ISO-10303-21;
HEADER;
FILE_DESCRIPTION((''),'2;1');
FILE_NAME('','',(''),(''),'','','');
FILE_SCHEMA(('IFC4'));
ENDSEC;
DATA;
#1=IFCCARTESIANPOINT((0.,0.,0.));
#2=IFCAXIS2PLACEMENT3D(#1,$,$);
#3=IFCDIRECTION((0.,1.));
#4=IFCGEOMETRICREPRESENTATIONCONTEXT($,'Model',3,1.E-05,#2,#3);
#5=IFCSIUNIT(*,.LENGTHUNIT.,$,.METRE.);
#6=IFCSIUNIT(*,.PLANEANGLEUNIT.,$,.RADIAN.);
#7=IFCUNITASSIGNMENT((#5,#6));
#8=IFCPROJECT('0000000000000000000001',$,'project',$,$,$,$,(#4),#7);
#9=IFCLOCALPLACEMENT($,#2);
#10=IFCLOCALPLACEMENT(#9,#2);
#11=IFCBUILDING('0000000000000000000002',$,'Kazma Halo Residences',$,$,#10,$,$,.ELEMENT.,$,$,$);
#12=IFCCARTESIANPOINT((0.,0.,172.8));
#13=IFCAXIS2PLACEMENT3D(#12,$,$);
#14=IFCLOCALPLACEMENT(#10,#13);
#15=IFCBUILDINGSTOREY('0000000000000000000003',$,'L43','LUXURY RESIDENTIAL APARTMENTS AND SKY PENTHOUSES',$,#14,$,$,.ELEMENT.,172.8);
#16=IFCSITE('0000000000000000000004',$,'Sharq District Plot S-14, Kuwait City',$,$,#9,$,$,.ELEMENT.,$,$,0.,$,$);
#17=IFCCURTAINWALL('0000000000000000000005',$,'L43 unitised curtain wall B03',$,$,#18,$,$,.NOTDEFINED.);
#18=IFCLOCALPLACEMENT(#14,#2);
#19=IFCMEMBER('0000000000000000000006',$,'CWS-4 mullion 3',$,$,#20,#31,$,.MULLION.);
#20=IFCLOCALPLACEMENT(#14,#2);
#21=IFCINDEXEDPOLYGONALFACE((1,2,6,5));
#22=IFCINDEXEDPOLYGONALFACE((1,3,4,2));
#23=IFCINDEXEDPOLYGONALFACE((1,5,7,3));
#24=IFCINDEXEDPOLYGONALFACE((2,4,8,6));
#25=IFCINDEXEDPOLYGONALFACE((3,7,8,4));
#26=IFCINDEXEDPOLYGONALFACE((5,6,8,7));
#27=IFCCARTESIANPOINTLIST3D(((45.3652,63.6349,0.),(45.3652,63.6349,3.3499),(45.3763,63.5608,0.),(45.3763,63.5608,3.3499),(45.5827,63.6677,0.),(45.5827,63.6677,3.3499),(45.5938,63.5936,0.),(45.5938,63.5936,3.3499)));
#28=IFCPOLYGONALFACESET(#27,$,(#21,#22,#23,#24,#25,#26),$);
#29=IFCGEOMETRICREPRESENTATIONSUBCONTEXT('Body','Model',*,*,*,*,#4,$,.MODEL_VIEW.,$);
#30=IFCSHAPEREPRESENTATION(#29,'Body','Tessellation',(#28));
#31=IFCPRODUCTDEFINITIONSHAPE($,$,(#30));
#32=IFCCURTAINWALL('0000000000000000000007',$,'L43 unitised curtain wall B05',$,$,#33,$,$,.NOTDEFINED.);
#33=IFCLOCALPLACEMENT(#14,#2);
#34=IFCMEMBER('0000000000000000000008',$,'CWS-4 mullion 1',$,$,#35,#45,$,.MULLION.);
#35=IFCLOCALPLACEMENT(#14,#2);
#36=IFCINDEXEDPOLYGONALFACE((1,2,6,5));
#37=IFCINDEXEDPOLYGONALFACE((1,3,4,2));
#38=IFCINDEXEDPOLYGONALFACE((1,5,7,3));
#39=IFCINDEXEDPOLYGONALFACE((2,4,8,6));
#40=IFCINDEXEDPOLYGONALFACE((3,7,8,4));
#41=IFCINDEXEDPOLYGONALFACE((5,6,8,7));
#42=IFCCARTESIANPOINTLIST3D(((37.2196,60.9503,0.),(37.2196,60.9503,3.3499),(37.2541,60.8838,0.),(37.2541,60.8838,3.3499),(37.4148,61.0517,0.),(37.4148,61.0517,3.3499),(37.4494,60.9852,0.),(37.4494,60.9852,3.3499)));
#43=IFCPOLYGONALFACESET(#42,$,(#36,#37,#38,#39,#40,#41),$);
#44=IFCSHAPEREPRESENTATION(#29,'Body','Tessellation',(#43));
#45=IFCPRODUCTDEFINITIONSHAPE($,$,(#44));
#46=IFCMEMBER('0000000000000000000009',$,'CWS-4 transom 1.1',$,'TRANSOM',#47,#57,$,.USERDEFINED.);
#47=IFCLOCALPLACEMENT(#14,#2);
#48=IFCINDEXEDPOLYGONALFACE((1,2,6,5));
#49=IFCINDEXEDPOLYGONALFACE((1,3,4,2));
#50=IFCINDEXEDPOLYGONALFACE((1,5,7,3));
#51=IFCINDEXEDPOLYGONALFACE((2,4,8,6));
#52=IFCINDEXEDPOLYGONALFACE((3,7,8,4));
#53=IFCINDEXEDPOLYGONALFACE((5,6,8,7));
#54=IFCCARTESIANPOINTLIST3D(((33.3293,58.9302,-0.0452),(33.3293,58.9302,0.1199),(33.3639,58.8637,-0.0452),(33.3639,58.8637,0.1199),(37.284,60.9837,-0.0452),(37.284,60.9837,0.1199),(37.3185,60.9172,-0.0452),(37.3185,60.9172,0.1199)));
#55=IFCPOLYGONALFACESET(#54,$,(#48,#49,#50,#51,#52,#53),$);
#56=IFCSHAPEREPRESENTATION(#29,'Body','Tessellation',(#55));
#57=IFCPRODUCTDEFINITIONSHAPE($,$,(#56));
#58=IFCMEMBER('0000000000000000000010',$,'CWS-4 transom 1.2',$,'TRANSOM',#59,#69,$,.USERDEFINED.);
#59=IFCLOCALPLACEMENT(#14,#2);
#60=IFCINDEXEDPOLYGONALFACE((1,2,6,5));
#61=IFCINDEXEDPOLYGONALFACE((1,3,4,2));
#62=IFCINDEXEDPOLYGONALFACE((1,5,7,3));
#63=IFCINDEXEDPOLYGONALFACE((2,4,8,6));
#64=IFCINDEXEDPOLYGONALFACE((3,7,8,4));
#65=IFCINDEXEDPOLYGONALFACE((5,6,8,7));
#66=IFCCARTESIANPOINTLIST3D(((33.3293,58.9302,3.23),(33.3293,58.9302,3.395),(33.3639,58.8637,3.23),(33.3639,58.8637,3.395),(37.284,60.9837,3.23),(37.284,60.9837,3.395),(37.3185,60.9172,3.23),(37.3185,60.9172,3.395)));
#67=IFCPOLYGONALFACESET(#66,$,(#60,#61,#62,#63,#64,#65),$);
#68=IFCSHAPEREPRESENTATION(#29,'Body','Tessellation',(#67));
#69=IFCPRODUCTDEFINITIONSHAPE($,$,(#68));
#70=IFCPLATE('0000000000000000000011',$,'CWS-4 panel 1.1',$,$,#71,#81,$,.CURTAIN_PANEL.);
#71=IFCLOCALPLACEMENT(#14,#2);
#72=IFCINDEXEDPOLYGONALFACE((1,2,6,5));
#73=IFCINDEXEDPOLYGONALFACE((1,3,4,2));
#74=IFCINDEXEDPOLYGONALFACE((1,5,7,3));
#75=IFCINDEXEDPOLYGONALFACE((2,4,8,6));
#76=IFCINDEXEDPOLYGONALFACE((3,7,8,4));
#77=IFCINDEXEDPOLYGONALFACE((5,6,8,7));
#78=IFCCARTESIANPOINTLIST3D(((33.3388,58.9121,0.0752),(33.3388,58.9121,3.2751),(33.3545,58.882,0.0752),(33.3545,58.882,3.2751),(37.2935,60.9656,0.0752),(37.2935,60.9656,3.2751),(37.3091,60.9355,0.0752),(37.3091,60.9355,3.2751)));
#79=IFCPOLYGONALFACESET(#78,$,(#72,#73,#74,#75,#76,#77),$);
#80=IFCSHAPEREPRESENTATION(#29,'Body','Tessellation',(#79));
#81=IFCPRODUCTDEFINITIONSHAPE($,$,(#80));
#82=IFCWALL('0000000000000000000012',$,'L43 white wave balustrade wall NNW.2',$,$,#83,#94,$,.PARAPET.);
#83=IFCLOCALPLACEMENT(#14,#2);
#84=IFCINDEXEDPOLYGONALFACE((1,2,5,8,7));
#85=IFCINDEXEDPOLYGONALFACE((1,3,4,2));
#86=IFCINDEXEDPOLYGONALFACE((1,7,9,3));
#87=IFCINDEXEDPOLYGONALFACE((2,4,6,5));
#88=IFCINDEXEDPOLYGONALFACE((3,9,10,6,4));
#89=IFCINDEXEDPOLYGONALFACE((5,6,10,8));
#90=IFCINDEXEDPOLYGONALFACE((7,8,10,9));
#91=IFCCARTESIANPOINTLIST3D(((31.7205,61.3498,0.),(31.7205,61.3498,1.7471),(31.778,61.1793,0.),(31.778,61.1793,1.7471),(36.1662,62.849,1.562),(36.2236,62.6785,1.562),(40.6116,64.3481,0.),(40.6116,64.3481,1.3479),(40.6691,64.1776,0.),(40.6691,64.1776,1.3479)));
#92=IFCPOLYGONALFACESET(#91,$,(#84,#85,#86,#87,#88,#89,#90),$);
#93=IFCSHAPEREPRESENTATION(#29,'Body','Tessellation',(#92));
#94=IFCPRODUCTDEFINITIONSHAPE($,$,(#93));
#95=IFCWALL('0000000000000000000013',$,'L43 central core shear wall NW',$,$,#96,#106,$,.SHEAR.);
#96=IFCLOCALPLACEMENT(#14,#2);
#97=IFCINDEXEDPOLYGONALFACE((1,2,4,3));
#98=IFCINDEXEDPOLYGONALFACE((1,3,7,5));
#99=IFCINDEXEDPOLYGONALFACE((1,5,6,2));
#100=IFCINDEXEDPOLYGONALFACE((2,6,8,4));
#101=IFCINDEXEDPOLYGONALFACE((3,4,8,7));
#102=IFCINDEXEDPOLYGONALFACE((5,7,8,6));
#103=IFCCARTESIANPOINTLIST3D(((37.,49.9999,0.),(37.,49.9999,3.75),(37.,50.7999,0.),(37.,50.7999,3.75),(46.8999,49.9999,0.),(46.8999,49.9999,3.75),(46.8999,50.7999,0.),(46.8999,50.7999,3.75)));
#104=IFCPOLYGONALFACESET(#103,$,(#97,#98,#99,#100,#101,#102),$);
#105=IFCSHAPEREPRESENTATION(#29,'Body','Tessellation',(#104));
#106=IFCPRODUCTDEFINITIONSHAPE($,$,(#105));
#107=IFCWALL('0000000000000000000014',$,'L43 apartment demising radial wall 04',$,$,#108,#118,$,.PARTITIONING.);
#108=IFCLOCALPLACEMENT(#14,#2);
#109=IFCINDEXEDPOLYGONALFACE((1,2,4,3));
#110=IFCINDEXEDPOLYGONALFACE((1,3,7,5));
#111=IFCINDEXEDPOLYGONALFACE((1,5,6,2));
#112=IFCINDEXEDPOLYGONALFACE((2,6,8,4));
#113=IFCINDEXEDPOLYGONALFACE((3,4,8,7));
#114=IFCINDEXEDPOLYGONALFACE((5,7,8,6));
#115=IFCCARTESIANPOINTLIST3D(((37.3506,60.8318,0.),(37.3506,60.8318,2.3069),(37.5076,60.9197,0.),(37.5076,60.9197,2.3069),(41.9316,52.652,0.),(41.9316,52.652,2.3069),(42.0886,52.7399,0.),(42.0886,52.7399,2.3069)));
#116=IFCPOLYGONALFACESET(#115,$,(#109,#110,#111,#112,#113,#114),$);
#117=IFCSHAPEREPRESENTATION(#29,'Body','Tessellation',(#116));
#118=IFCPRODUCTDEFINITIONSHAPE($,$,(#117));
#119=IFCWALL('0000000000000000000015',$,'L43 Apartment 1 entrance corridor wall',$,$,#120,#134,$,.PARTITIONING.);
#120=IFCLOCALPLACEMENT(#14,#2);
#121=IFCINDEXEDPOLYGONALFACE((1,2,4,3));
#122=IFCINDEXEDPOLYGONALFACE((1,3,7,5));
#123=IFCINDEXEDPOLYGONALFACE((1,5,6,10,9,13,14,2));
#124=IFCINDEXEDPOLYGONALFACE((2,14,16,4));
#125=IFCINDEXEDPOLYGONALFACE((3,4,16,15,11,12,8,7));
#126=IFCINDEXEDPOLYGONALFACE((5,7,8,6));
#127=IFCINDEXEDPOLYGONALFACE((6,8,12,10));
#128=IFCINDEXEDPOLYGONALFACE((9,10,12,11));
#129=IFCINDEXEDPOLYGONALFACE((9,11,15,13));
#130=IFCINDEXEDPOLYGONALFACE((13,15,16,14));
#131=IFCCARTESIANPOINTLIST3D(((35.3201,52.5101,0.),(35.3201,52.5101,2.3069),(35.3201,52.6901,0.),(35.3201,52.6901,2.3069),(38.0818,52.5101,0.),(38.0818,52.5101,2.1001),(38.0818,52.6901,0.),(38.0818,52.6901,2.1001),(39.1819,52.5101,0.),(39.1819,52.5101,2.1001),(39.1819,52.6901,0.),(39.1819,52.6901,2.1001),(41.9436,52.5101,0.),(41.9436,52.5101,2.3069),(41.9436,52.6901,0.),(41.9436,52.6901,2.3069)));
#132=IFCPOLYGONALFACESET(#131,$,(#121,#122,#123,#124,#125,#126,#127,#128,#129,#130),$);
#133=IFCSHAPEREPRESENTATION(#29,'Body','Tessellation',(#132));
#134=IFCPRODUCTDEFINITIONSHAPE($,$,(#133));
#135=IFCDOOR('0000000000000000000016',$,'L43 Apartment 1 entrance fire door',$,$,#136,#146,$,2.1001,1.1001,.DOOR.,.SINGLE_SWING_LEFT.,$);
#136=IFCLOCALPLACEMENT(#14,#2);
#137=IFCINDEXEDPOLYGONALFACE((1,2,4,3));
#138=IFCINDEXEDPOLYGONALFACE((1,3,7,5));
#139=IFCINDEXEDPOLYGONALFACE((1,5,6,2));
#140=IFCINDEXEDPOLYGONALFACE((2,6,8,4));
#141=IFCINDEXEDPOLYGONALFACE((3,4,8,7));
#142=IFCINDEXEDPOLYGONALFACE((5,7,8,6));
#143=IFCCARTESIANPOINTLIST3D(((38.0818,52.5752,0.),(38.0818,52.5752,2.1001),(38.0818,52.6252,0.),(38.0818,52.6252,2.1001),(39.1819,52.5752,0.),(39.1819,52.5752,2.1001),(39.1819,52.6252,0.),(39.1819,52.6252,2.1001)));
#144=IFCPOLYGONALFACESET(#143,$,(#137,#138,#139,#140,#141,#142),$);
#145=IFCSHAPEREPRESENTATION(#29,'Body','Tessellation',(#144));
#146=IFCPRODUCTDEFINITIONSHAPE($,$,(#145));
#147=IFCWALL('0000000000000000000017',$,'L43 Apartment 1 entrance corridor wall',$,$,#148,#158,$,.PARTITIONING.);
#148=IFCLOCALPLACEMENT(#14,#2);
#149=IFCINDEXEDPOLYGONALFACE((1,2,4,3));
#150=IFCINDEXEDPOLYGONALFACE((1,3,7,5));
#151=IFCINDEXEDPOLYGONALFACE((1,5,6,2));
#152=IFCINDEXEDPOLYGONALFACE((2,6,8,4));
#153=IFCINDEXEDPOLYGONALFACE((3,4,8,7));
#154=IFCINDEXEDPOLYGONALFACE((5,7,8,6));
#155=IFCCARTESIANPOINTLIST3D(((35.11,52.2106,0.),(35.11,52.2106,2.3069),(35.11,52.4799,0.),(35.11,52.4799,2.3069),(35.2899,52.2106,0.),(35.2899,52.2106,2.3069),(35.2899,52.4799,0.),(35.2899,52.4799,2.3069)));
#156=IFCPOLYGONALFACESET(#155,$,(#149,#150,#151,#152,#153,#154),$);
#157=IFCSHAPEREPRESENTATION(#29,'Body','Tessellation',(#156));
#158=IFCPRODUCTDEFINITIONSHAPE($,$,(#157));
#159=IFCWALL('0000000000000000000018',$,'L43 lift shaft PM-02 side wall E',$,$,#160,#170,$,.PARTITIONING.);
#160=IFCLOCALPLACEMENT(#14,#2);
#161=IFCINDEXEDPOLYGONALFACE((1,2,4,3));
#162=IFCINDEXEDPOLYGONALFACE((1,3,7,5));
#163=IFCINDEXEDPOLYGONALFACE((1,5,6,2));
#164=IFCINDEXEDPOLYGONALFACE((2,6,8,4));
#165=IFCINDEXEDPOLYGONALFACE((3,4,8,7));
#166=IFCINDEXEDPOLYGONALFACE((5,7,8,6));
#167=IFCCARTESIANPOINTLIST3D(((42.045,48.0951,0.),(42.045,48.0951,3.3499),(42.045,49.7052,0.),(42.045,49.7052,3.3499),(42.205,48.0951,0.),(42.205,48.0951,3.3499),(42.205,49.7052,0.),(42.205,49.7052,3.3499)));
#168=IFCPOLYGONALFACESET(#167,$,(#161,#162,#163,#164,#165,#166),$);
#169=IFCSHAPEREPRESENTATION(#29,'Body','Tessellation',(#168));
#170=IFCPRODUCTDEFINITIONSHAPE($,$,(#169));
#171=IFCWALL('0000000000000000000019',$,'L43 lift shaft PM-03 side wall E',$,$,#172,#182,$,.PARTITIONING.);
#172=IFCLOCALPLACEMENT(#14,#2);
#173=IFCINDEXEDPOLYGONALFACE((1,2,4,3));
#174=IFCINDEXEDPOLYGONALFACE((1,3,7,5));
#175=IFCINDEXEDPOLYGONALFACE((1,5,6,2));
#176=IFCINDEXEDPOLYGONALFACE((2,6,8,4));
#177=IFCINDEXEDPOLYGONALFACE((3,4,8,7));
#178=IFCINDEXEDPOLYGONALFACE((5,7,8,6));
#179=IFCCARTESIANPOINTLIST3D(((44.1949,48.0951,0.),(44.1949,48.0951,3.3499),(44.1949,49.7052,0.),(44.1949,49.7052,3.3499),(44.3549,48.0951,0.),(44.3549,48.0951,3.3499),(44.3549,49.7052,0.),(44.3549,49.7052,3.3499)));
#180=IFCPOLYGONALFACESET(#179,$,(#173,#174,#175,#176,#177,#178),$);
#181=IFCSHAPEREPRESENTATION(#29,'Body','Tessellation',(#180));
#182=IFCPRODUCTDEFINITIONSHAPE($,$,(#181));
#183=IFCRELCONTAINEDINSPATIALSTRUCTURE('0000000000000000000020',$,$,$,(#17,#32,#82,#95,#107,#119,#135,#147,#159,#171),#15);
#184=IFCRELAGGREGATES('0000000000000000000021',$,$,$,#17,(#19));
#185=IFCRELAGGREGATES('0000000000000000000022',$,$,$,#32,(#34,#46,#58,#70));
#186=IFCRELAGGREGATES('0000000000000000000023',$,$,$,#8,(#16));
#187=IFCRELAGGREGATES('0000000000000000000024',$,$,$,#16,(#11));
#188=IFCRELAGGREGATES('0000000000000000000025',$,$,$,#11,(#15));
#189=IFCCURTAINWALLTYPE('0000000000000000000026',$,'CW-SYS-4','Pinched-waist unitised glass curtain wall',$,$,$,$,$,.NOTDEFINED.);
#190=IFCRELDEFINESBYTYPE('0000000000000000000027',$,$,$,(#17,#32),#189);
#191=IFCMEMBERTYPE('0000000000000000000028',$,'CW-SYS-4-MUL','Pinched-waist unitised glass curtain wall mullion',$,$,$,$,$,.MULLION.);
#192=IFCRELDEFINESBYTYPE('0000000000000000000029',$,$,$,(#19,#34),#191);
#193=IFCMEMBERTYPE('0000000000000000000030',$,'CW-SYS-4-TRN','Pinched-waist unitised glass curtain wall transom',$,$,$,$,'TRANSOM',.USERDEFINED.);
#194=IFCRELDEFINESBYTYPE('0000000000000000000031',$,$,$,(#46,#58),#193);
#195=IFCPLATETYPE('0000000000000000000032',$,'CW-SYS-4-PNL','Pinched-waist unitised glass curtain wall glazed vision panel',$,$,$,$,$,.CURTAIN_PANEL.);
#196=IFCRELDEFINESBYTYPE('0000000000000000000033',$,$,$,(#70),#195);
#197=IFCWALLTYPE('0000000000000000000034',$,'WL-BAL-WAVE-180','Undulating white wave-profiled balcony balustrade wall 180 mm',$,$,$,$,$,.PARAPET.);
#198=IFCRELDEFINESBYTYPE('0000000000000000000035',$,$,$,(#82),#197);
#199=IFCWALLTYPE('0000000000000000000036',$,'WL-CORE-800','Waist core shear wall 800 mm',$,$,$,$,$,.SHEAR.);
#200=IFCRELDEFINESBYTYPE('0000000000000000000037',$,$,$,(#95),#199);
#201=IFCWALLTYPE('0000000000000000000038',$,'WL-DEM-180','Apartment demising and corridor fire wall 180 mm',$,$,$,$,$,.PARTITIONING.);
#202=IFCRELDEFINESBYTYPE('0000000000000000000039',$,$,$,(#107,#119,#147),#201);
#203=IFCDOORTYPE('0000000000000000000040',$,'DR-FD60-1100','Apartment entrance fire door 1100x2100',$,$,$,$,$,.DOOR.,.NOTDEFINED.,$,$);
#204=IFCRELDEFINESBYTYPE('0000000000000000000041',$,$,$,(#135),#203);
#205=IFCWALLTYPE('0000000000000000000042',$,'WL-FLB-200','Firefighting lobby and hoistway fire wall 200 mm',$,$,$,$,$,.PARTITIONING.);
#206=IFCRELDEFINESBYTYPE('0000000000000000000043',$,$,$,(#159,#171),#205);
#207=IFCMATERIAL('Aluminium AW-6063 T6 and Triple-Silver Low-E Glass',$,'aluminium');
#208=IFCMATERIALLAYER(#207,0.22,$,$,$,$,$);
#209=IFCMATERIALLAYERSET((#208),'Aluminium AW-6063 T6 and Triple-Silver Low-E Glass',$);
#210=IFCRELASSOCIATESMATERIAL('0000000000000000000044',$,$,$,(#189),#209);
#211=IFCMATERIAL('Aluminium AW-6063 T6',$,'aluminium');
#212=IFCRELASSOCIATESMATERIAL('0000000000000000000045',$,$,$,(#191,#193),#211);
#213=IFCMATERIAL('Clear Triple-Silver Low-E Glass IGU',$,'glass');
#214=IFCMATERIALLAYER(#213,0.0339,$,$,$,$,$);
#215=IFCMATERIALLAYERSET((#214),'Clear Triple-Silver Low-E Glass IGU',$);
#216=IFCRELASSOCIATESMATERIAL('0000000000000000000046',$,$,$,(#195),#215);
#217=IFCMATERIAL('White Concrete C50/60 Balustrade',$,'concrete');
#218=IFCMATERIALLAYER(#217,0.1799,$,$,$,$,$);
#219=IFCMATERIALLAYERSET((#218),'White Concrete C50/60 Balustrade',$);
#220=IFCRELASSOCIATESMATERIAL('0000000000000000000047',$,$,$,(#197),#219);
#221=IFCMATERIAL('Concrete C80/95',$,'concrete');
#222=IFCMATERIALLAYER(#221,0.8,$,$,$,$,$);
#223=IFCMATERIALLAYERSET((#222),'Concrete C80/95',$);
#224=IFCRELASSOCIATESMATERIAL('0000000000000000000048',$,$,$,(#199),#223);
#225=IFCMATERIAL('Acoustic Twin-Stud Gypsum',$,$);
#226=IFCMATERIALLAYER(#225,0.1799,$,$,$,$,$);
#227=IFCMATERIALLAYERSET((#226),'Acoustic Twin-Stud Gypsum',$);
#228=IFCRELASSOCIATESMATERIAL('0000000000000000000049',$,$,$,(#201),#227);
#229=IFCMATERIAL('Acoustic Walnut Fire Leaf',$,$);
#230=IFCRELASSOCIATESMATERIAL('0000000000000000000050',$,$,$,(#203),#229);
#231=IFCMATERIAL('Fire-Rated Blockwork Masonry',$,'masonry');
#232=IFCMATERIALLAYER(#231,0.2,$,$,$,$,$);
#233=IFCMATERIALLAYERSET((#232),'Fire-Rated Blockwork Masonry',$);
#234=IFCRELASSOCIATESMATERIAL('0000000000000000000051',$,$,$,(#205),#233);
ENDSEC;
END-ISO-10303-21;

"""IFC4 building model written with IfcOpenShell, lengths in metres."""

from ifc_helpers import new_model, si_unit, direction, frame, frame_2d, origin, origin_2d, place, context, subcontext, project, spatial, polyline, rectangle, outline, extrude, material, layer, layer_set, material_profile, profile_set, type_object, element, fill, aggregate, save


model = new_model("IFC4")

# Units and contexts
model_context = context("Model", 3, precision=1e-05, world=origin(), true_north=direction((0.0, 1.0)))
body_context = subcontext(model_context, "Body", "Model", "MODEL_VIEW")
ifc_project = project(units=[si_unit("LENGTHUNIT", "METRE"), si_unit("PLANEANGLEUNIT", "RADIAN")], contexts=[model_context])

# Site, building, storey
site_placement = place(None, origin())
site = spatial("IfcSite", under=ifc_project, at=site_placement, Name="Sharq District Plot S-14, Kuwait City", CompositionType="ELEMENT", RefElevation=0.0)
building_placement = place(site_placement, origin())
building = spatial("IfcBuilding", under=site, at=building_placement, Name="Kazma Halo Residences", CompositionType="ELEMENT")
storey_placement = place(building_placement, frame((0.0, 0.0, 172.8)))
storey = spatial("IfcBuildingStorey", under=building, at=storey_placement, Name="L43", Description="LUXURY RESIDENTIAL APARTMENTS AND SKY PENTHOUSES", CompositionType="ELEMENT", Elevation=172.8)

# Shared definitions
ifc_material_1 = material(Name="Concrete C80/95", Category="concrete")

# Curtain wall, member
ifc_material_2 = material(Name="Aluminium AW-6063 T6 and Triple-Silver Low-E Glass", Category="aluminium")
ifc_layer_1 = layer(ifc_material_2, 0.22)
ifc_layer_set_1 = layer_set([ifc_layer_1], Name="Aluminium AW-6063 T6 and Triple-Silver Low-E Glass")
curtain_wall_type = type_object("IfcCurtainWallType", Name="CW-SYS-4", Description="Pinched-waist unitised glass curtain wall", PredefinedType="NOTDEFINED", material=ifc_layer_set_1)
curtain_wall_1_placement = place(storey_placement, origin())
curtain_wall_1 = element("IfcCurtainWall", 1, at=curtain_wall_1_placement, inside=storey, type_object=curtain_wall_type, Name="L43 unitised curtain wall B03", PredefinedType="NOTDEFINED")
ifc_material_3 = material(Name="Aluminium AW-6063 T6", Category="aluminium")
ifc_material_profile_1 = material_profile(ifc_material_3, rectangle(XDim=0.075, YDim=0.22, at=origin_2d()), Name="CWM-75x220")
ifc_profile_set_1 = profile_set([ifc_material_profile_1], Name="Aluminium AW-6063 T6")
member_type_1 = type_object("IfcMemberType", Name="CW-SYS-4-MUL", Description="Pinched-waist unitised glass curtain wall mullion", PredefinedType="MULLION", material=ifc_profile_set_1)
member_1_placement = place(storey_placement, frame((45.4795, 63.6143, 0.0), z_axis=(0.0, 0.0, 1.0), x_axis=(0.148821, -0.988864, 0.0)))
member_1 = element("IfcMember", 2, at=member_1_placement, type_object=member_type_1, Name="CWS-4 mullion 3", PredefinedType="MULLION", context=body_context, shape_type="SweptSolid", body=[
    extrude(rectangle(XDim=0.075, YDim=0.22, at=origin_2d()), origin(), (0.0, 0.0, 1.0), 3.3499),
])
aggregate(curtain_wall_1, [member_1])

# Curtain wall, members, plate
curtain_wall_2_placement = place(storey_placement, origin())
curtain_wall_2 = element("IfcCurtainWall", 3, at=curtain_wall_2_placement, inside=storey, type_object=curtain_wall_type, Name="L43 unitised curtain wall B05", PredefinedType="NOTDEFINED")
member_2_placement = place(storey_placement, frame((37.3345, 60.9678, 0.0), z_axis=(0.0, 0.0, 1.0), x_axis=(0.460837, -0.887485, 0.0)))
member_2 = element("IfcMember", 4, at=member_2_placement, type_object=member_type_1, Name="CWS-4 mullion 1", PredefinedType="MULLION", context=body_context, shape_type="SweptSolid", body=[
    extrude(rectangle(XDim=0.075, YDim=0.22, at=origin_2d()), origin(), (0.0, 0.0, 1.0), 3.3499),
])
ifc_material_profile_2 = material_profile(ifc_material_3, rectangle(XDim=0.075, YDim=0.165, at=origin_2d()), Name="CWT-75x165")
ifc_profile_set_2 = profile_set([ifc_material_profile_2], Name="Aluminium AW-6063 T6")
member_type_2 = type_object("IfcMemberType", Name="CW-SYS-4-TRN", Description="Pinched-waist unitised glass curtain wall transom", ElementType="TRANSOM", PredefinedType="USERDEFINED", material=ifc_profile_set_2)
member_3_placement = place(storey_placement, frame((37.3013, 60.9504, 0.0374), z_axis=(-0.887485, -0.460837, 0.0), x_axis=(0.460837, -0.887485, 0.0)))
member_3 = element("IfcMember", 5, at=member_3_placement, type_object=member_type_2, Name="CWS-4 transom 1.1", ObjectType="TRANSOM", PredefinedType="USERDEFINED", context=body_context, shape_type="SweptSolid", body=[
    extrude(rectangle(XDim=0.075, YDim=0.165, at=origin_2d()), origin(), (0.0, 0.0, 1.0), 4.4561),
])
member_4_placement = place(storey_placement, frame((37.3013, 60.9504, 3.3125), z_axis=(-0.887485, -0.460837, 0.0), x_axis=(0.460837, -0.887485, 0.0)))
member_4 = element("IfcMember", 6, at=member_4_placement, type_object=member_type_2, Name="CWS-4 transom 1.2", ObjectType="TRANSOM", PredefinedType="USERDEFINED", context=body_context, shape_type="SweptSolid", body=[
    extrude(rectangle(XDim=0.075, YDim=0.165, at=origin_2d()), origin(), (0.0, 0.0, 1.0), 4.4561),
])
ifc_material_4 = material(Name="Clear Triple-Silver Low-E Glass IGU", Category="glass")
ifc_layer_2 = layer(ifc_material_4, 0.0339)
ifc_layer_set_2 = layer_set([ifc_layer_2], Name="Clear Triple-Silver Low-E Glass IGU")
plate_type = type_object("IfcPlateType", Name="CW-SYS-4-PNL", Description="Pinched-waist unitised glass curtain wall glazed vision panel", PredefinedType="CURTAIN_PANEL", material=ifc_layer_set_2)
plate_placement = place(storey_placement, frame((35.324, 59.9238, 0.0752), z_axis=(0.0, 0.0, 1.0), x_axis=(-0.887485, -0.460837, 0.0)))
plate = element("IfcPlate", 7, at=plate_placement, type_object=plate_type, Name="CWS-4 panel 1.1", PredefinedType="CURTAIN_PANEL", context=body_context, shape_type="SweptSolid", body=[
    extrude(rectangle(XDim=4.4561, YDim=0.0339, at=origin_2d()), origin(), (0.0, 0.0, 1.0), 3.2),
])
aggregate(curtain_wall_2, [member_2, member_3, member_4, plate])

# Walls
ifc_material_5 = material(Name="White Concrete C50/60 Balustrade", Category="concrete")
ifc_layer_3 = layer(ifc_material_5, 0.1799)
ifc_layer_set_3 = layer_set([ifc_layer_3], Name="White Concrete C50/60 Balustrade")
wall_type_1 = type_object("IfcWallType", Name="WL-BAL-WAVE-180", Description="Undulating white wave-profiled balcony balustrade wall 180 mm", PredefinedType="PARAPET", material=ifc_layer_set_3)
wall_1_placement = place(storey_placement, frame((40.6404, 64.2627, 0.0), z_axis=(0.0, 0.0, 1.0), x_axis=(-0.947572, -0.319543, 0.0)))
element("IfcWall", 8, at=wall_1_placement, inside=storey, type_object=wall_type_1, Name="L43 white wave balustrade wall NNW.2", PredefinedType="PARAPET", context=body_context, shape_type="SweptSolid", body=[
    extrude(outline(polyline([(0.0, 0.0), (9.3831, 0.0), (9.3831, 1.7471), (4.6914, 1.562), (0.0, 1.3479), (0.0, 0.0)])), frame((0.0, 0.0898, 0.0), z_axis=(0.0, -1.0, 0.0), x_axis=(1.0, 0.0, 0.0)), (0.0, 0.0, 1.0), 0.1799),
])
ifc_layer_4 = layer(ifc_material_1, 0.8)
ifc_layer_set_4 = layer_set([ifc_layer_4], Name="Concrete C80/95")
wall_type_2 = type_object("IfcWallType", Name="WL-CORE-800", Description="Waist core shear wall 800 mm", PredefinedType="SHEAR", material=ifc_layer_set_4)
wall_2_placement = place(storey_placement, frame((37.0, 50.3999, 0.0), z_axis=(0.0, 0.0, 1.0), x_axis=(1.0, 0.0, 0.0)))
element("IfcWall", 9, at=wall_2_placement, inside=storey, type_object=wall_type_2, Name="L43 central core shear wall NW", PredefinedType="SHEAR", context=body_context, shape_type="SweptSolid", body=[
    extrude(rectangle(XDim=9.8999, YDim=0.8, at=frame_2d((4.95, 0.0))), origin(), (0.0, 0.0, 1.0), 3.75),
])
ifc_material_6 = material(Name="Acoustic Twin-Stud Gypsum")
ifc_layer_5 = layer(ifc_material_6, 0.1799)
ifc_layer_set_5 = layer_set([ifc_layer_5], Name="Acoustic Twin-Stud Gypsum")
wall_type_3 = type_object("IfcWallType", Name="WL-DEM-180", Description="Apartment demising and corridor fire wall 180 mm", PredefinedType="PARTITIONING", material=ifc_layer_set_5)
wall_3_placement = place(storey_placement, frame((42.01, 52.696, 0.0), z_axis=(0.0, 0.0, 1.0), x_axis=(-0.488627, 0.872493, 0.0)))
element("IfcWall", 10, at=wall_3_placement, inside=storey, type_object=wall_type_3, Name="L43 apartment demising radial wall 04", PredefinedType="PARTITIONING", context=body_context, shape_type="SweptSolid", body=[
    extrude(rectangle(XDim=9.3752, YDim=0.1799, at=frame_2d((4.6875, 0.0))), origin(), (0.0, 0.0, 1.0), 2.3069),
])

# Wall, opening, door
wall_4_placement = place(storey_placement, frame((41.9436, 52.6001, 0.0), z_axis=(0.0, 0.0, 1.0), x_axis=(-1.0, 0.0, 0.0)))
wall_4 = element("IfcWall", 11, at=wall_4_placement, inside=storey, type_object=wall_type_3, Name="L43 Apartment 1 entrance corridor wall", PredefinedType="PARTITIONING", context=body_context, shape_type="SweptSolid", body=[
    extrude(rectangle(XDim=6.6235, YDim=0.1799, at=frame_2d((3.3118, 0.0))), origin(), (0.0, 0.0, 1.0), 2.3069),
])
opening_1_placement = place(wall_4_placement, frame((2.7617, 0.0, 0.0)))
opening_1 = element("IfcOpeningElement", 12, at=opening_1_placement, cuts=wall_4, PredefinedType="OPENING", context=body_context, shape_type="SweptSolid", body=[
    extrude(rectangle(XDim=1.1001, YDim=2.1001, at=frame_2d((0.55, 1.05))), frame((0.0, 0.0999, 0.0), z_axis=(0.0, -1.0, 0.0), x_axis=(1.0, 0.0, 0.0)), (0.0, 0.0, 1.0), 0.2),
])
ifc_material_7 = material(Name="Acoustic Walnut Fire Leaf")
door_type_1 = type_object("IfcDoorType", Name="DR-FD60-1100", Description="Apartment entrance fire door 1100x2100", OperationType="NOTDEFINED", PredefinedType="DOOR", material=ifc_material_7)
door_1_placement = place(opening_1_placement, origin())
door_1 = element("IfcDoor", 13, at=door_1_placement, inside=storey, type_object=door_type_1, Name="L43 Apartment 1 entrance fire door", OperationType="SINGLE_SWING_LEFT", OverallHeight=2.1001, OverallWidth=1.1001, PredefinedType="DOOR", context=body_context, shape_type="SweptSolid", body=[
    extrude(rectangle(XDim=1.1001, YDim=2.1001, at=frame_2d((0.55, 1.05))), frame((0.0, 0.0249, 0.0), z_axis=(0.0, -1.0, 0.0), x_axis=(1.0, 0.0, 0.0)), (0.0, 0.0, 1.0), 0.05),
])
fill(opening_1, door_1)

# Wall
wall_5_placement = place(storey_placement, frame((35.2, 52.48, 0.0), z_axis=(0.0, 0.0, 1.0), x_axis=(0.0, -1.0, 0.0)))
element("IfcWall", 14, at=wall_5_placement, inside=storey, type_object=wall_type_3, Name="L43 Apartment 1 entrance corridor wall", PredefinedType="PARTITIONING", context=body_context, shape_type="SweptSolid", body=[
    extrude(rectangle(XDim=0.2693, YDim=0.1799, at=frame_2d((0.1348, 0.0))), origin(), (0.0, 0.0, 1.0), 2.3069),
])

# Walls
ifc_material_8 = material(Name="Fire-Rated Blockwork Masonry", Category="masonry")
ifc_layer_6 = layer(ifc_material_8, 0.2)
ifc_layer_set_6 = layer_set([ifc_layer_6], Name="Fire-Rated Blockwork Masonry")
wall_type_4 = type_object("IfcWallType", Name="WL-FLB-200", Description="Firefighting lobby and hoistway fire wall 200 mm", PredefinedType="PARTITIONING", material=ifc_layer_set_6)
for number, where, z_axis, x_axis, name in (
    (15, (42.125, 48.095, 0.0), (0.0, 0.0, 1.0), (0.0, 1.0, 0.0), "L43 lift shaft PM-02 side wall E"),
    (16, (44.2749, 48.095, 0.0), (0.0, 0.0, 1.0), (0.0, 1.0, 0.0), "L43 lift shaft PM-03 side wall E"),
):
    element("IfcWall", number, at=place(storey_placement, frame(where, z_axis=z_axis, x_axis=x_axis)), inside=storey, type_object=wall_type_4, Name=name, PredefinedType="PARTITIONING", context=body_context, shape_type="SweptSolid", body=[
        extrude(rectangle(XDim=1.6101, YDim=0.1599, at=frame_2d((0.8052, 0.0))), origin(), (0.0, 0.0, 1.0), 3.3499),
    ])

save(model, "model.ifc")
